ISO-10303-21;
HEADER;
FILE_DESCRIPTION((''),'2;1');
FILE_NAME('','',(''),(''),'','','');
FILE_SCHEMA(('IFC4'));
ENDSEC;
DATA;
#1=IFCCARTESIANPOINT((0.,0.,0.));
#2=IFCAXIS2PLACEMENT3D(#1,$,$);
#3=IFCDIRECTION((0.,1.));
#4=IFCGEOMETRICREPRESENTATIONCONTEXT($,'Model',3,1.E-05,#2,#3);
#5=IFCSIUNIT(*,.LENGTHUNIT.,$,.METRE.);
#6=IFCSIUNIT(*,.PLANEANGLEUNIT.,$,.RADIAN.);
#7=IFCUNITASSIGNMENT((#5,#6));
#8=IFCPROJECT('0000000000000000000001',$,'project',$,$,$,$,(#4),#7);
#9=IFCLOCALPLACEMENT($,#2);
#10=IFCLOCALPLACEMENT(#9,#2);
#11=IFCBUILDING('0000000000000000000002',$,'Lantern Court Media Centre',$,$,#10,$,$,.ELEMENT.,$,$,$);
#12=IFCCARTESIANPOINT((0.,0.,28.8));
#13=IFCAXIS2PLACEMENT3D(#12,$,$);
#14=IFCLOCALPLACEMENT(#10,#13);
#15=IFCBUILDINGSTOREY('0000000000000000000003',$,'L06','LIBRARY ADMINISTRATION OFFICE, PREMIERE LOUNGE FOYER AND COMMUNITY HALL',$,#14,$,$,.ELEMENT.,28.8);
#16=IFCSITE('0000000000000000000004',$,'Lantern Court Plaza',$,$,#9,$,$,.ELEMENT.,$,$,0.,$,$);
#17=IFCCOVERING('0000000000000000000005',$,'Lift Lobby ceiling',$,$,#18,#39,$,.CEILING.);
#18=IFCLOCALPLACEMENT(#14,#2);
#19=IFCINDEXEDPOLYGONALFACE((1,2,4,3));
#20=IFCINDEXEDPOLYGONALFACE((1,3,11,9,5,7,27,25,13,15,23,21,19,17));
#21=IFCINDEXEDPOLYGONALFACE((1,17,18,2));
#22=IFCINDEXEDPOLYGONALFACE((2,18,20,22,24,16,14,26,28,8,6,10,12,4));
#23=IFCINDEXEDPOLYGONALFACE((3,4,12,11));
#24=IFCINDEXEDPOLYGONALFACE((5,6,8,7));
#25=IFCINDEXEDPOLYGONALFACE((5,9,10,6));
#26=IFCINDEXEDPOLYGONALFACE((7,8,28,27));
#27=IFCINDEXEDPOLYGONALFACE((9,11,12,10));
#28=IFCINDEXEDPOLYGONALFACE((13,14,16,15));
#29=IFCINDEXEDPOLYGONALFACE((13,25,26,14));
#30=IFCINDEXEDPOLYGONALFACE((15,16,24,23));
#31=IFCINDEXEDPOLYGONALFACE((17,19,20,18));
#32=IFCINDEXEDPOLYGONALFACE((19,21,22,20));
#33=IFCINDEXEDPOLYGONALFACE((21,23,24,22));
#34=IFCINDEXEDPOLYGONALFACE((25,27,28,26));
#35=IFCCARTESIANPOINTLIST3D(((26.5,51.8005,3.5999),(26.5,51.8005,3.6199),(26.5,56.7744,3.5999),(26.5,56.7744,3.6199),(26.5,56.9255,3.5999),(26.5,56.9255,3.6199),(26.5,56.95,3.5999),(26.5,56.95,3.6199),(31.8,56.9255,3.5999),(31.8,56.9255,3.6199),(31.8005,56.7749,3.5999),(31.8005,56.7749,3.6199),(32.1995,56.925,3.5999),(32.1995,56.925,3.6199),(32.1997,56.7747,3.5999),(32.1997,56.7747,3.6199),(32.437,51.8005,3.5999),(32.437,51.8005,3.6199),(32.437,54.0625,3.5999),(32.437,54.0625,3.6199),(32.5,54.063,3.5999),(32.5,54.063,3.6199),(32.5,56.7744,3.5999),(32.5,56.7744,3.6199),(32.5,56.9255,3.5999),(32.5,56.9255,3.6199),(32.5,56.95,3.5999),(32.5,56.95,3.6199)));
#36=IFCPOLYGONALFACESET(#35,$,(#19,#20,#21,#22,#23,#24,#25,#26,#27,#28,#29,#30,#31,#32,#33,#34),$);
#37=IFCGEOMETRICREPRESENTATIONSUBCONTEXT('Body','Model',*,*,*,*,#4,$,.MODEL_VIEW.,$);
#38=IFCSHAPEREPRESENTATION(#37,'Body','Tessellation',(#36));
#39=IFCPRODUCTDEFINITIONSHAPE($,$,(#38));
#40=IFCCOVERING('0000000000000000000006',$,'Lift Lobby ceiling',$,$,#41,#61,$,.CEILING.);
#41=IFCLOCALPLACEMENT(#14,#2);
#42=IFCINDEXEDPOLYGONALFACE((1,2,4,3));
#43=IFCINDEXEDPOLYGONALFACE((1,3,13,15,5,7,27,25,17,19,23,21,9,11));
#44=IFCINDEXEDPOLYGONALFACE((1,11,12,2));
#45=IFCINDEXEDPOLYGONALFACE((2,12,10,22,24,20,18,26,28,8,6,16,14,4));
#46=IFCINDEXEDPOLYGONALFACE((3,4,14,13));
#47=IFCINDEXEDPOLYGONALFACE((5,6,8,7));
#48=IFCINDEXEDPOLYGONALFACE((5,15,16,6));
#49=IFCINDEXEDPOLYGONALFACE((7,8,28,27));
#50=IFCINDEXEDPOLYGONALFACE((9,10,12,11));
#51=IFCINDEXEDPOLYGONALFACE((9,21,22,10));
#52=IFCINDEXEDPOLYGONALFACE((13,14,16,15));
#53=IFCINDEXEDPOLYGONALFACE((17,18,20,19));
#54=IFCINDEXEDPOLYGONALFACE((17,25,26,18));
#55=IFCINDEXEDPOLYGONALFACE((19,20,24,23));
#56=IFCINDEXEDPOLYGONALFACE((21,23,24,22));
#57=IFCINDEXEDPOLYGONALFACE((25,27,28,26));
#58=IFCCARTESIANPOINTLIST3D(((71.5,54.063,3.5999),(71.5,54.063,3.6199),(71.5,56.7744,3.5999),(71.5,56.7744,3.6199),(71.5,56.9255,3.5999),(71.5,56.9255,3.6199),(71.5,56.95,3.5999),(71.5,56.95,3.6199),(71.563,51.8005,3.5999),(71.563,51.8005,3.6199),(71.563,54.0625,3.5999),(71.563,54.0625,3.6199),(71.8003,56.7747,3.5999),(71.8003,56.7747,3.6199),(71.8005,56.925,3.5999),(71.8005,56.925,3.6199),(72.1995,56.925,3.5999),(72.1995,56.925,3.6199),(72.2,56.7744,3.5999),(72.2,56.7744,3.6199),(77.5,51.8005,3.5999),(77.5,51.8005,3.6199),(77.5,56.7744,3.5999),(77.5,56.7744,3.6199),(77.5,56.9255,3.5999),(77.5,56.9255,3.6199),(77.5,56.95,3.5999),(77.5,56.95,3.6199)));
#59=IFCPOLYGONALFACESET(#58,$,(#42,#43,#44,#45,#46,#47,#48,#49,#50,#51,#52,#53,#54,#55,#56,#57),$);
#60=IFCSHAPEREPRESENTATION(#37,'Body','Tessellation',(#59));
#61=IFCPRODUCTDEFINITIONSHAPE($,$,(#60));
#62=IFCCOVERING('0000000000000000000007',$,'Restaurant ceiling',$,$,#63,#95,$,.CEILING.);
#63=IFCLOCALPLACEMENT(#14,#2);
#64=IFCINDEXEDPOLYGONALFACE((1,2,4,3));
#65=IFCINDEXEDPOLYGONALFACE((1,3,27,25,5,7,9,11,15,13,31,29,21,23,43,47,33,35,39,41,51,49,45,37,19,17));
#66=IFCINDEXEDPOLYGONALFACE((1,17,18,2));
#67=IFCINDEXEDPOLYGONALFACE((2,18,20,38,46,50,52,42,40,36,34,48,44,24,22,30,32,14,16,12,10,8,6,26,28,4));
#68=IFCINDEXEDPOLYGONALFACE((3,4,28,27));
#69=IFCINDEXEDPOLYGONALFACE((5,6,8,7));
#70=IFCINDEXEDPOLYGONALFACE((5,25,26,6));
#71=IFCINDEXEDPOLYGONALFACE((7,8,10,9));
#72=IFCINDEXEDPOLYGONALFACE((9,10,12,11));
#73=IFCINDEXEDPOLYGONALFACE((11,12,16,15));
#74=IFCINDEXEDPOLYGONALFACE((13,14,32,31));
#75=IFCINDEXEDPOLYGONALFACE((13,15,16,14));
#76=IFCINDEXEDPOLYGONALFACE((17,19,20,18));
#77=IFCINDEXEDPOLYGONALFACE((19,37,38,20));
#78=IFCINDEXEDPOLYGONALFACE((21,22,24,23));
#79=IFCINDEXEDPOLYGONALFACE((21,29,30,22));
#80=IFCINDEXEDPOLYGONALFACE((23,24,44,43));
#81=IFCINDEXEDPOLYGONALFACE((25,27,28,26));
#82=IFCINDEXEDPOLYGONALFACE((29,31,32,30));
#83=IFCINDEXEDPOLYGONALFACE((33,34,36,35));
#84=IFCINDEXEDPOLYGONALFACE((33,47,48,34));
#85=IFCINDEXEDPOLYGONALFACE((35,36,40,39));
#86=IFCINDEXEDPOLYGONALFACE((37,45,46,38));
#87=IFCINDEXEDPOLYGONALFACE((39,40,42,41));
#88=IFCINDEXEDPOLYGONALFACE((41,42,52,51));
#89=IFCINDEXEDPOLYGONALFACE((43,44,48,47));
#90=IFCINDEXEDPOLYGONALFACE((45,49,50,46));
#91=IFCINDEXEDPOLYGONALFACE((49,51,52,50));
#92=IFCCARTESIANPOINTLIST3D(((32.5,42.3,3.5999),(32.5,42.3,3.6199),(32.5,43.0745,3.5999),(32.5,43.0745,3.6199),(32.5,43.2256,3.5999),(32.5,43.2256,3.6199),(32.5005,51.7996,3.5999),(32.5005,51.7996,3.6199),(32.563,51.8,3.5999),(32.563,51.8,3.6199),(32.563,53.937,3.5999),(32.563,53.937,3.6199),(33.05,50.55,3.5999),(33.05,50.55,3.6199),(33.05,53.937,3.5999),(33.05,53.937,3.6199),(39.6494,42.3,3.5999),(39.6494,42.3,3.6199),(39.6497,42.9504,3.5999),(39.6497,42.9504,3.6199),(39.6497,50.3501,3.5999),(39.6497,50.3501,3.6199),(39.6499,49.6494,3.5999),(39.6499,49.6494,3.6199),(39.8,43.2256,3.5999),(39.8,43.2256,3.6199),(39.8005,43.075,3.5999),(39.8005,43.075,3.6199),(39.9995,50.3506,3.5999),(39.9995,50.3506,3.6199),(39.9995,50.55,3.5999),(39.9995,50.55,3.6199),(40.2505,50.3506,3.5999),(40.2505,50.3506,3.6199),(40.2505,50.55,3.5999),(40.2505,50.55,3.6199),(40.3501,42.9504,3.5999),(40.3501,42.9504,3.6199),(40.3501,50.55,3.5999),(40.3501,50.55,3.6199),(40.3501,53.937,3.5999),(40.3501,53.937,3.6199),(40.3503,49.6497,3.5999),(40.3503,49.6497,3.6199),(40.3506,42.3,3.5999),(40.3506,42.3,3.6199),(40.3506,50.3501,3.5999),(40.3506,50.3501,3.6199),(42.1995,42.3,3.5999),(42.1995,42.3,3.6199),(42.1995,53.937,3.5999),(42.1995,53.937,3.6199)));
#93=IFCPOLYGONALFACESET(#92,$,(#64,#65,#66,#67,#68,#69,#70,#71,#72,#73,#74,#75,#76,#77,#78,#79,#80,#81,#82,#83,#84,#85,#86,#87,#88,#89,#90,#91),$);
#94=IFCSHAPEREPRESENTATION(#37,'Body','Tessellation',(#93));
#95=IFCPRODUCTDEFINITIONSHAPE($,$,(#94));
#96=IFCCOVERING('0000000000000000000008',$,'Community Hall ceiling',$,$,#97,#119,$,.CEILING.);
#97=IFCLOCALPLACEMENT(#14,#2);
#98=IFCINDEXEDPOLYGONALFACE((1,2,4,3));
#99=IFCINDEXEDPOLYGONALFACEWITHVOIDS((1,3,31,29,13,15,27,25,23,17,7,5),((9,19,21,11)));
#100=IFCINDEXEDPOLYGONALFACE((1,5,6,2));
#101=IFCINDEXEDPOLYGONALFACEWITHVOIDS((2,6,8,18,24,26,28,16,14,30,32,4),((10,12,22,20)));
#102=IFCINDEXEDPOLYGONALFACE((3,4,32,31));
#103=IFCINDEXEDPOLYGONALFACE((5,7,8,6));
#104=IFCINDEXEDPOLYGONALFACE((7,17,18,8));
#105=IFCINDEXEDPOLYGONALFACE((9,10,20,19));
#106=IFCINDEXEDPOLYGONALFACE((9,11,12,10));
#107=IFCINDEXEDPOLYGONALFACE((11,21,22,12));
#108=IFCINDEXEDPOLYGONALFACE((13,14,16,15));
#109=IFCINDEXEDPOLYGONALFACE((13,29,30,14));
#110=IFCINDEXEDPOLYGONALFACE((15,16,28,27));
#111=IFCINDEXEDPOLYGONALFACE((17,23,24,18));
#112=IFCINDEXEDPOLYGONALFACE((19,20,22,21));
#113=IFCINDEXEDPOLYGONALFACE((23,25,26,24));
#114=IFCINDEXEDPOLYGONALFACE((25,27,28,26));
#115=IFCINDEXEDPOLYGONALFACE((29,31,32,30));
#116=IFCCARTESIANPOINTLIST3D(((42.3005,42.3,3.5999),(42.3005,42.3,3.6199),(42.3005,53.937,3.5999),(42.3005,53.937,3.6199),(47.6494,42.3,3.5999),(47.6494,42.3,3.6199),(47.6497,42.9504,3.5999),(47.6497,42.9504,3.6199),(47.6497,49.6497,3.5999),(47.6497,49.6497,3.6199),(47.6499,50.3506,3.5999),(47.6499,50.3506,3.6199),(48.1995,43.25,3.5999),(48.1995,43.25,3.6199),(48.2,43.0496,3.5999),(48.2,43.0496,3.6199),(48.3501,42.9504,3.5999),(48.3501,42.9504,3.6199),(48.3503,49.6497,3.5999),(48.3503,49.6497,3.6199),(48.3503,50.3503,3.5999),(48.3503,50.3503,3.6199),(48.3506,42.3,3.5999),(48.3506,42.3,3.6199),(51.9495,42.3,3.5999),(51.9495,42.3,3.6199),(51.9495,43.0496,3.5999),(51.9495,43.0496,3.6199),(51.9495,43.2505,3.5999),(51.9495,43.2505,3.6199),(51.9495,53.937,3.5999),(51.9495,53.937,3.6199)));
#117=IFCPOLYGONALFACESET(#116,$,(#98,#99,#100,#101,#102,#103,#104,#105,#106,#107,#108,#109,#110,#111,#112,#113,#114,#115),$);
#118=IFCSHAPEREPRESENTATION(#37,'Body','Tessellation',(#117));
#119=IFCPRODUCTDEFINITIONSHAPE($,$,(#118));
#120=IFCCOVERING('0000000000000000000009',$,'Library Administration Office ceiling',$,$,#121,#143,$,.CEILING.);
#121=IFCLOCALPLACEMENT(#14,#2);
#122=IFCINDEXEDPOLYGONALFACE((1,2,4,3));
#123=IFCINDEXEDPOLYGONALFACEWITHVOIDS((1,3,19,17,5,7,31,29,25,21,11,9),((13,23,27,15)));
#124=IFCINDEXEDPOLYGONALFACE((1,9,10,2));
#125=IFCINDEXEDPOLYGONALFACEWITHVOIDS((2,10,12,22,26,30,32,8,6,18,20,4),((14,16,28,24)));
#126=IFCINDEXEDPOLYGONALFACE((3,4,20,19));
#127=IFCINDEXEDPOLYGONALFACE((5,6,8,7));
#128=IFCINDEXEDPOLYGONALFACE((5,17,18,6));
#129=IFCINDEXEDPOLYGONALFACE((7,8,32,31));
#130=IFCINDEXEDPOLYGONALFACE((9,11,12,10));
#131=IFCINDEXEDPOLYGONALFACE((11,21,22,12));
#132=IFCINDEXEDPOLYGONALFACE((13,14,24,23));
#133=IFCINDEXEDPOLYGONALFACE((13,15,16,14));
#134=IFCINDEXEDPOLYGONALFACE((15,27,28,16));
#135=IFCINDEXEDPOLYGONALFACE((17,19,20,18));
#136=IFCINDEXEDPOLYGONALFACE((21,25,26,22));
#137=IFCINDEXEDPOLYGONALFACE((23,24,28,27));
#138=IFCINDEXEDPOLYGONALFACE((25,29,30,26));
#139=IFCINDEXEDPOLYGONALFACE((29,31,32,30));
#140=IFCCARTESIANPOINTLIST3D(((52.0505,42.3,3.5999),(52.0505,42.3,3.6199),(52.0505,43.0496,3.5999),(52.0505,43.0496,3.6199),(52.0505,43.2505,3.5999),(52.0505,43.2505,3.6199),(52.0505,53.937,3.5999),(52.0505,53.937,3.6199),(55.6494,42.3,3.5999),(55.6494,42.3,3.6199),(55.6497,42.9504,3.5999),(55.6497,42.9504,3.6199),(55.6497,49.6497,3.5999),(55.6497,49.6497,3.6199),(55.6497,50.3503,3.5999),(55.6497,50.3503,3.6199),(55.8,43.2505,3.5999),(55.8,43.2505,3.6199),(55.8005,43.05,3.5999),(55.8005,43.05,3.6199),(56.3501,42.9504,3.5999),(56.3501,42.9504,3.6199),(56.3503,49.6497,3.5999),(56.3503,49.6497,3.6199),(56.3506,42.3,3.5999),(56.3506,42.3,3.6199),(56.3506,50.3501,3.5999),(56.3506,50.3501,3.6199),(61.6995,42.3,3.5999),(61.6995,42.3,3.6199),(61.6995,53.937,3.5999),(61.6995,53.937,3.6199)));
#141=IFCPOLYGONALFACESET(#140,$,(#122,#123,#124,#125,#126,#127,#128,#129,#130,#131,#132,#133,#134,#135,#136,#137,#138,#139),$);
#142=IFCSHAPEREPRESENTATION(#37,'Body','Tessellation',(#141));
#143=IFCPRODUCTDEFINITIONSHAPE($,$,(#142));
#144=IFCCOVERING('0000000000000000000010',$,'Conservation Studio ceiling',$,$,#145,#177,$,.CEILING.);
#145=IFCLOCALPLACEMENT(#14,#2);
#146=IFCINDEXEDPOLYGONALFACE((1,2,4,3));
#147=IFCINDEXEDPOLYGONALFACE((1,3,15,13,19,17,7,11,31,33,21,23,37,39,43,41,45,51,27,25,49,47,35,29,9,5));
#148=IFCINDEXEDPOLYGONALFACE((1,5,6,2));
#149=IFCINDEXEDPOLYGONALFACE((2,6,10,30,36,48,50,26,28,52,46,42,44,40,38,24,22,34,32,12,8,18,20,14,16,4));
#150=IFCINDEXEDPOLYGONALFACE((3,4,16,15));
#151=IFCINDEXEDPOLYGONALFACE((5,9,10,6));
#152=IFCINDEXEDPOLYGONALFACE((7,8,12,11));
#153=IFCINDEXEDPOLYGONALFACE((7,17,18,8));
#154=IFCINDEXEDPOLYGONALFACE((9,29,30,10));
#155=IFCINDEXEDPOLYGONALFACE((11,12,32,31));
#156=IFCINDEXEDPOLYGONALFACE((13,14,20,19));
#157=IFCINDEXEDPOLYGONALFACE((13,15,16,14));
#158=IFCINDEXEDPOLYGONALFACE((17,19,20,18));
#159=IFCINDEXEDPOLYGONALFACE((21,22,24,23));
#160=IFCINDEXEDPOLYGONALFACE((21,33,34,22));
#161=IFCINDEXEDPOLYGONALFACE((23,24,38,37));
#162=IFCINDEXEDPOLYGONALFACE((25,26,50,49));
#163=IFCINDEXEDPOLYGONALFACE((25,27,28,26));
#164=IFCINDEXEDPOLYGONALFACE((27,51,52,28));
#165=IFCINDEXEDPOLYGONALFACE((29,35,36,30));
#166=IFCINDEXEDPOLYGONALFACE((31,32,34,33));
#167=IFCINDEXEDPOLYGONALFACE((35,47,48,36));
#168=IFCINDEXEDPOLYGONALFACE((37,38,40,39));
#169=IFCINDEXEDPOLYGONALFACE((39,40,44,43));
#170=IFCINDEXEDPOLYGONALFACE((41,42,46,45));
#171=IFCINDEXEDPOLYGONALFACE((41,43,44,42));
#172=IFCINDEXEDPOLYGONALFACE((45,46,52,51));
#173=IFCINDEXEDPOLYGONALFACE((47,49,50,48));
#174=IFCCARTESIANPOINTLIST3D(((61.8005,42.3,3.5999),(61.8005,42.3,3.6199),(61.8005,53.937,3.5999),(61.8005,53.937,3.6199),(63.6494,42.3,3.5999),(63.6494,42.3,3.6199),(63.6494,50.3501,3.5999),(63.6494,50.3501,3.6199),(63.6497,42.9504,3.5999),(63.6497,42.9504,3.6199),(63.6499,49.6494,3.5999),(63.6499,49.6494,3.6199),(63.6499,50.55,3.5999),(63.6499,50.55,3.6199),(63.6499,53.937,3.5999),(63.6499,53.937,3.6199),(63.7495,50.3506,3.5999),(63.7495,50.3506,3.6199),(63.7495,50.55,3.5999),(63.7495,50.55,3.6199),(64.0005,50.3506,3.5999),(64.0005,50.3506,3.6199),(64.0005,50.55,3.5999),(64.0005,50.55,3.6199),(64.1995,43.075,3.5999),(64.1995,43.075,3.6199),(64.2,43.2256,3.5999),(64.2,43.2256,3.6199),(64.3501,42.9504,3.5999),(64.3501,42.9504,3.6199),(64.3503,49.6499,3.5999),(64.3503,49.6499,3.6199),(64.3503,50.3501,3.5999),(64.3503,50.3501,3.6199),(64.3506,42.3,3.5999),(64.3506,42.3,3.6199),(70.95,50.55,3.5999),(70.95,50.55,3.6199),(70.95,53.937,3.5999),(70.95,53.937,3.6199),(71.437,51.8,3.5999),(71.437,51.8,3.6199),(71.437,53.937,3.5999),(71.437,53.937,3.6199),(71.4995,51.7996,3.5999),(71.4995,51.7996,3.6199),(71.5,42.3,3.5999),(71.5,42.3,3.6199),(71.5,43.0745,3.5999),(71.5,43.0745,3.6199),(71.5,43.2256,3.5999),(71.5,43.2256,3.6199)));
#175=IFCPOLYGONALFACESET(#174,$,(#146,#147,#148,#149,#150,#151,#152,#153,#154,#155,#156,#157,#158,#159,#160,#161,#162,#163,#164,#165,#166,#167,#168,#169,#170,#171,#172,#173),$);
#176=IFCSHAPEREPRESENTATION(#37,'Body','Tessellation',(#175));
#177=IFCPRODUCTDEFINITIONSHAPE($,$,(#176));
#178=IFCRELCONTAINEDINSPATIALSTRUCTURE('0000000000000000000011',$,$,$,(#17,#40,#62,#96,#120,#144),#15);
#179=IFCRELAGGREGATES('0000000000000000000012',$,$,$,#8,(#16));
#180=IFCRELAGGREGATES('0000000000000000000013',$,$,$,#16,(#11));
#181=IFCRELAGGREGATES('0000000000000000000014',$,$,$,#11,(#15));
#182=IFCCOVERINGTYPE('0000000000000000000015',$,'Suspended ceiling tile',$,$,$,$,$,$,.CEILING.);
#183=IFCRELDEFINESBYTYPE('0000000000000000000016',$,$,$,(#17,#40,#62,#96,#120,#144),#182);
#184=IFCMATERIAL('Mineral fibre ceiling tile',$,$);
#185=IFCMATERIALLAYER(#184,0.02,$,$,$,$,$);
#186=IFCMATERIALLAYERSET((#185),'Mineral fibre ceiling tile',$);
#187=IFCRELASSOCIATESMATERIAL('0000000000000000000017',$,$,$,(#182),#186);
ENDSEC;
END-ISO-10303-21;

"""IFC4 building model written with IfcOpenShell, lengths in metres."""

from ifc_helpers import new_model, si_unit, direction, frame, origin, place, context, subcontext, project, spatial, polyline, outline, extrude, material, layer, layer_set, type_object, element, save


model = new_model("IFC4")

# Units and contexts
model_context = context("Model", 3, precision=1e-05, world=origin(), true_north=direction((0.0, 1.0)))
body_context = subcontext(model_context, "Body", "Model", "MODEL_VIEW")
ifc_project = project(units=[si_unit("LENGTHUNIT", "METRE"), si_unit("PLANEANGLEUNIT", "RADIAN")], contexts=[model_context])

# Site, building, storey
site_placement = place(None, origin())
site = spatial("IfcSite", under=ifc_project, at=site_placement, Name="Lantern Court Plaza", CompositionType="ELEMENT", RefElevation=0.0)
building_placement = place(site_placement, origin())
building = spatial("IfcBuilding", under=site, at=building_placement, Name="Lantern Court Media Centre", CompositionType="ELEMENT")
storey_placement = place(building_placement, frame((0.0, 0.0, 28.8)))
storey = spatial("IfcBuildingStorey", under=building, at=storey_placement, Name="L06", Description="LIBRARY ADMINISTRATION OFFICE, PREMIERE LOUNGE FOYER AND COMMUNITY HALL", CompositionType="ELEMENT", Elevation=28.8)

# Coverings
ifc_material_1 = material(Name="Mineral fibre ceiling tile")
ifc_layer_1 = layer(ifc_material_1, 0.02)
ifc_layer_set_1 = layer_set([ifc_layer_1], Name="Mineral fibre ceiling tile")
covering_type_1 = type_object("IfcCoveringType", Name="Suspended ceiling tile", PredefinedType="CEILING", material=ifc_layer_set_1)
covering_1_placement = place(storey_placement, frame((0.0, 0.0, 3.5999)))
element("IfcCovering", 1, at=covering_1_placement, inside=storey, type_object=covering_type_1, Name="Lift Lobby ceiling", PredefinedType="CEILING", context=body_context, shape_type="SweptSolid", body=[
    extrude(outline(polyline([(32.5, 54.063), (32.437, 54.0625), (32.437, 51.8005), (26.5, 51.8005), (26.5, 56.7744), (31.8005, 56.7749), (31.8, 56.9255), (26.5, 56.9255), (26.5, 56.95), (32.5, 56.95), (32.5, 56.9255), (32.1995, 56.925), (32.1997, 56.7747), (32.5, 56.7744), (32.5, 54.063)])), origin(), (0.0, 0.0, 1.0), 0.02),
])
covering_2_placement = place(storey_placement, frame((0.0, 0.0, 3.5999)))
element("IfcCovering", 2, at=covering_2_placement, inside=storey, type_object=covering_type_1, Name="Lift Lobby ceiling", PredefinedType="CEILING", context=body_context, shape_type="SweptSolid", body=[
    extrude(outline(polyline([(77.5, 51.8005), (71.563, 51.8005), (71.563, 54.0625), (71.5, 54.063), (71.5, 56.7744), (71.8003, 56.7747), (71.8005, 56.925), (71.5, 56.9255), (71.5, 56.95), (77.5, 56.95), (77.5, 56.9255), (72.1995, 56.925), (72.2, 56.7744), (77.5, 56.7744), (77.5, 51.8005)])), origin(), (0.0, 0.0, 1.0), 0.02),
])
covering_3_placement = place(storey_placement, frame((0.0, 0.0, 3.5999)))
element("IfcCovering", 3, at=covering_3_placement, inside=storey, type_object=covering_type_1, Name="Restaurant ceiling", PredefinedType="CEILING", context=body_context, shape_type="SweptSolid", body=[
    extrude(outline(polyline([(40.3501, 50.55), (40.3501, 53.937), (42.1995, 53.937), (42.1995, 42.3), (40.3506, 42.3), (40.3501, 42.9504), (39.6497, 42.9504), (39.6494, 42.3), (32.5, 42.3), (32.5, 43.0745), (39.8005, 43.075), (39.8, 43.2256), (32.5, 43.2256), (32.5005, 51.7996), (32.563, 51.8), (32.563, 53.937), (33.05, 53.937), (33.05, 50.55), (39.9995, 50.55), (39.9995, 50.3506), (39.6497, 50.3501), (39.6499, 49.6494), (40.3503, 49.6497), (40.3506, 50.3501), (40.2505, 50.3506), (40.2505, 50.55), (40.3501, 50.55)])), origin(), (0.0, 0.0, 1.0), 0.02),
])
covering_4_placement = place(storey_placement, frame((0.0, 0.0, 3.5999)))
element("IfcCovering", 4, at=covering_4_placement, inside=storey, type_object=covering_type_1, Name="Community Hall ceiling", PredefinedType="CEILING", context=body_context, shape_type="SweptSolid", body=[
    extrude(outline(polyline([(42.3005, 42.3), (42.3005, 53.937), (51.9495, 53.937), (51.9495, 43.2505), (48.1995, 43.25), (48.2, 43.0496), (51.9495, 43.0496), (51.9495, 42.3), (48.3506, 42.3), (48.3501, 42.9504), (47.6497, 42.9504), (47.6494, 42.3), (42.3005, 42.3)]), holes=[polyline([(47.6499, 50.3506), (47.6497, 49.6497), (48.3503, 49.6497), (48.3503, 50.3503), (47.6499, 50.3506)])]), origin(), (0.0, 0.0, 1.0), 0.02),
])
covering_5_placement = place(storey_placement, frame((0.0, 0.0, 3.5999)))
element("IfcCovering", 5, at=covering_5_placement, inside=storey, type_object=covering_type_1, Name="Library Administration Office ceiling", PredefinedType="CEILING", context=body_context, shape_type="SweptSolid", body=[
    extrude(outline(polyline([(52.0505, 42.3), (52.0505, 43.0496), (55.8005, 43.05), (55.8, 43.2505), (52.0505, 43.2505), (52.0505, 53.937), (61.6995, 53.937), (61.6995, 42.3), (56.3506, 42.3), (56.3501, 42.9504), (55.6497, 42.9504), (55.6494, 42.3), (52.0505, 42.3)]), holes=[polyline([(56.3506, 50.3501), (55.6497, 50.3503), (55.6497, 49.6497), (56.3503, 49.6497), (56.3506, 50.3501)])]), origin(), (0.0, 0.0, 1.0), 0.02),
])
covering_6_placement = place(storey_placement, frame((0.0, 0.0, 3.5999)))
element("IfcCovering", 6, at=covering_6_placement, inside=storey, type_object=covering_type_1, Name="Conservation Studio ceiling", PredefinedType="CEILING", context=body_context, shape_type="SweptSolid", body=[
    extrude(outline(polyline([(61.8005, 42.3), (61.8005, 53.937), (63.6499, 53.937), (63.6499, 50.55), (63.7495, 50.55), (63.7495, 50.3506), (63.6494, 50.3501), (63.6499, 49.6494), (64.3503, 49.6499), (64.3503, 50.3501), (64.0005, 50.3506), (64.0005, 50.55), (70.95, 50.55), (70.95, 53.937), (71.437, 53.937), (71.437, 51.8), (71.4995, 51.7996), (71.5, 43.2256), (64.2, 43.2256), (64.1995, 43.075), (71.5, 43.0745), (71.5, 42.3), (64.3506, 42.3), (64.3501, 42.9504), (63.6497, 42.9504), (63.6494, 42.3), (61.8005, 42.3)])), origin(), (0.0, 0.0, 1.0), 0.02),
])

save(model, "model.ifc")
